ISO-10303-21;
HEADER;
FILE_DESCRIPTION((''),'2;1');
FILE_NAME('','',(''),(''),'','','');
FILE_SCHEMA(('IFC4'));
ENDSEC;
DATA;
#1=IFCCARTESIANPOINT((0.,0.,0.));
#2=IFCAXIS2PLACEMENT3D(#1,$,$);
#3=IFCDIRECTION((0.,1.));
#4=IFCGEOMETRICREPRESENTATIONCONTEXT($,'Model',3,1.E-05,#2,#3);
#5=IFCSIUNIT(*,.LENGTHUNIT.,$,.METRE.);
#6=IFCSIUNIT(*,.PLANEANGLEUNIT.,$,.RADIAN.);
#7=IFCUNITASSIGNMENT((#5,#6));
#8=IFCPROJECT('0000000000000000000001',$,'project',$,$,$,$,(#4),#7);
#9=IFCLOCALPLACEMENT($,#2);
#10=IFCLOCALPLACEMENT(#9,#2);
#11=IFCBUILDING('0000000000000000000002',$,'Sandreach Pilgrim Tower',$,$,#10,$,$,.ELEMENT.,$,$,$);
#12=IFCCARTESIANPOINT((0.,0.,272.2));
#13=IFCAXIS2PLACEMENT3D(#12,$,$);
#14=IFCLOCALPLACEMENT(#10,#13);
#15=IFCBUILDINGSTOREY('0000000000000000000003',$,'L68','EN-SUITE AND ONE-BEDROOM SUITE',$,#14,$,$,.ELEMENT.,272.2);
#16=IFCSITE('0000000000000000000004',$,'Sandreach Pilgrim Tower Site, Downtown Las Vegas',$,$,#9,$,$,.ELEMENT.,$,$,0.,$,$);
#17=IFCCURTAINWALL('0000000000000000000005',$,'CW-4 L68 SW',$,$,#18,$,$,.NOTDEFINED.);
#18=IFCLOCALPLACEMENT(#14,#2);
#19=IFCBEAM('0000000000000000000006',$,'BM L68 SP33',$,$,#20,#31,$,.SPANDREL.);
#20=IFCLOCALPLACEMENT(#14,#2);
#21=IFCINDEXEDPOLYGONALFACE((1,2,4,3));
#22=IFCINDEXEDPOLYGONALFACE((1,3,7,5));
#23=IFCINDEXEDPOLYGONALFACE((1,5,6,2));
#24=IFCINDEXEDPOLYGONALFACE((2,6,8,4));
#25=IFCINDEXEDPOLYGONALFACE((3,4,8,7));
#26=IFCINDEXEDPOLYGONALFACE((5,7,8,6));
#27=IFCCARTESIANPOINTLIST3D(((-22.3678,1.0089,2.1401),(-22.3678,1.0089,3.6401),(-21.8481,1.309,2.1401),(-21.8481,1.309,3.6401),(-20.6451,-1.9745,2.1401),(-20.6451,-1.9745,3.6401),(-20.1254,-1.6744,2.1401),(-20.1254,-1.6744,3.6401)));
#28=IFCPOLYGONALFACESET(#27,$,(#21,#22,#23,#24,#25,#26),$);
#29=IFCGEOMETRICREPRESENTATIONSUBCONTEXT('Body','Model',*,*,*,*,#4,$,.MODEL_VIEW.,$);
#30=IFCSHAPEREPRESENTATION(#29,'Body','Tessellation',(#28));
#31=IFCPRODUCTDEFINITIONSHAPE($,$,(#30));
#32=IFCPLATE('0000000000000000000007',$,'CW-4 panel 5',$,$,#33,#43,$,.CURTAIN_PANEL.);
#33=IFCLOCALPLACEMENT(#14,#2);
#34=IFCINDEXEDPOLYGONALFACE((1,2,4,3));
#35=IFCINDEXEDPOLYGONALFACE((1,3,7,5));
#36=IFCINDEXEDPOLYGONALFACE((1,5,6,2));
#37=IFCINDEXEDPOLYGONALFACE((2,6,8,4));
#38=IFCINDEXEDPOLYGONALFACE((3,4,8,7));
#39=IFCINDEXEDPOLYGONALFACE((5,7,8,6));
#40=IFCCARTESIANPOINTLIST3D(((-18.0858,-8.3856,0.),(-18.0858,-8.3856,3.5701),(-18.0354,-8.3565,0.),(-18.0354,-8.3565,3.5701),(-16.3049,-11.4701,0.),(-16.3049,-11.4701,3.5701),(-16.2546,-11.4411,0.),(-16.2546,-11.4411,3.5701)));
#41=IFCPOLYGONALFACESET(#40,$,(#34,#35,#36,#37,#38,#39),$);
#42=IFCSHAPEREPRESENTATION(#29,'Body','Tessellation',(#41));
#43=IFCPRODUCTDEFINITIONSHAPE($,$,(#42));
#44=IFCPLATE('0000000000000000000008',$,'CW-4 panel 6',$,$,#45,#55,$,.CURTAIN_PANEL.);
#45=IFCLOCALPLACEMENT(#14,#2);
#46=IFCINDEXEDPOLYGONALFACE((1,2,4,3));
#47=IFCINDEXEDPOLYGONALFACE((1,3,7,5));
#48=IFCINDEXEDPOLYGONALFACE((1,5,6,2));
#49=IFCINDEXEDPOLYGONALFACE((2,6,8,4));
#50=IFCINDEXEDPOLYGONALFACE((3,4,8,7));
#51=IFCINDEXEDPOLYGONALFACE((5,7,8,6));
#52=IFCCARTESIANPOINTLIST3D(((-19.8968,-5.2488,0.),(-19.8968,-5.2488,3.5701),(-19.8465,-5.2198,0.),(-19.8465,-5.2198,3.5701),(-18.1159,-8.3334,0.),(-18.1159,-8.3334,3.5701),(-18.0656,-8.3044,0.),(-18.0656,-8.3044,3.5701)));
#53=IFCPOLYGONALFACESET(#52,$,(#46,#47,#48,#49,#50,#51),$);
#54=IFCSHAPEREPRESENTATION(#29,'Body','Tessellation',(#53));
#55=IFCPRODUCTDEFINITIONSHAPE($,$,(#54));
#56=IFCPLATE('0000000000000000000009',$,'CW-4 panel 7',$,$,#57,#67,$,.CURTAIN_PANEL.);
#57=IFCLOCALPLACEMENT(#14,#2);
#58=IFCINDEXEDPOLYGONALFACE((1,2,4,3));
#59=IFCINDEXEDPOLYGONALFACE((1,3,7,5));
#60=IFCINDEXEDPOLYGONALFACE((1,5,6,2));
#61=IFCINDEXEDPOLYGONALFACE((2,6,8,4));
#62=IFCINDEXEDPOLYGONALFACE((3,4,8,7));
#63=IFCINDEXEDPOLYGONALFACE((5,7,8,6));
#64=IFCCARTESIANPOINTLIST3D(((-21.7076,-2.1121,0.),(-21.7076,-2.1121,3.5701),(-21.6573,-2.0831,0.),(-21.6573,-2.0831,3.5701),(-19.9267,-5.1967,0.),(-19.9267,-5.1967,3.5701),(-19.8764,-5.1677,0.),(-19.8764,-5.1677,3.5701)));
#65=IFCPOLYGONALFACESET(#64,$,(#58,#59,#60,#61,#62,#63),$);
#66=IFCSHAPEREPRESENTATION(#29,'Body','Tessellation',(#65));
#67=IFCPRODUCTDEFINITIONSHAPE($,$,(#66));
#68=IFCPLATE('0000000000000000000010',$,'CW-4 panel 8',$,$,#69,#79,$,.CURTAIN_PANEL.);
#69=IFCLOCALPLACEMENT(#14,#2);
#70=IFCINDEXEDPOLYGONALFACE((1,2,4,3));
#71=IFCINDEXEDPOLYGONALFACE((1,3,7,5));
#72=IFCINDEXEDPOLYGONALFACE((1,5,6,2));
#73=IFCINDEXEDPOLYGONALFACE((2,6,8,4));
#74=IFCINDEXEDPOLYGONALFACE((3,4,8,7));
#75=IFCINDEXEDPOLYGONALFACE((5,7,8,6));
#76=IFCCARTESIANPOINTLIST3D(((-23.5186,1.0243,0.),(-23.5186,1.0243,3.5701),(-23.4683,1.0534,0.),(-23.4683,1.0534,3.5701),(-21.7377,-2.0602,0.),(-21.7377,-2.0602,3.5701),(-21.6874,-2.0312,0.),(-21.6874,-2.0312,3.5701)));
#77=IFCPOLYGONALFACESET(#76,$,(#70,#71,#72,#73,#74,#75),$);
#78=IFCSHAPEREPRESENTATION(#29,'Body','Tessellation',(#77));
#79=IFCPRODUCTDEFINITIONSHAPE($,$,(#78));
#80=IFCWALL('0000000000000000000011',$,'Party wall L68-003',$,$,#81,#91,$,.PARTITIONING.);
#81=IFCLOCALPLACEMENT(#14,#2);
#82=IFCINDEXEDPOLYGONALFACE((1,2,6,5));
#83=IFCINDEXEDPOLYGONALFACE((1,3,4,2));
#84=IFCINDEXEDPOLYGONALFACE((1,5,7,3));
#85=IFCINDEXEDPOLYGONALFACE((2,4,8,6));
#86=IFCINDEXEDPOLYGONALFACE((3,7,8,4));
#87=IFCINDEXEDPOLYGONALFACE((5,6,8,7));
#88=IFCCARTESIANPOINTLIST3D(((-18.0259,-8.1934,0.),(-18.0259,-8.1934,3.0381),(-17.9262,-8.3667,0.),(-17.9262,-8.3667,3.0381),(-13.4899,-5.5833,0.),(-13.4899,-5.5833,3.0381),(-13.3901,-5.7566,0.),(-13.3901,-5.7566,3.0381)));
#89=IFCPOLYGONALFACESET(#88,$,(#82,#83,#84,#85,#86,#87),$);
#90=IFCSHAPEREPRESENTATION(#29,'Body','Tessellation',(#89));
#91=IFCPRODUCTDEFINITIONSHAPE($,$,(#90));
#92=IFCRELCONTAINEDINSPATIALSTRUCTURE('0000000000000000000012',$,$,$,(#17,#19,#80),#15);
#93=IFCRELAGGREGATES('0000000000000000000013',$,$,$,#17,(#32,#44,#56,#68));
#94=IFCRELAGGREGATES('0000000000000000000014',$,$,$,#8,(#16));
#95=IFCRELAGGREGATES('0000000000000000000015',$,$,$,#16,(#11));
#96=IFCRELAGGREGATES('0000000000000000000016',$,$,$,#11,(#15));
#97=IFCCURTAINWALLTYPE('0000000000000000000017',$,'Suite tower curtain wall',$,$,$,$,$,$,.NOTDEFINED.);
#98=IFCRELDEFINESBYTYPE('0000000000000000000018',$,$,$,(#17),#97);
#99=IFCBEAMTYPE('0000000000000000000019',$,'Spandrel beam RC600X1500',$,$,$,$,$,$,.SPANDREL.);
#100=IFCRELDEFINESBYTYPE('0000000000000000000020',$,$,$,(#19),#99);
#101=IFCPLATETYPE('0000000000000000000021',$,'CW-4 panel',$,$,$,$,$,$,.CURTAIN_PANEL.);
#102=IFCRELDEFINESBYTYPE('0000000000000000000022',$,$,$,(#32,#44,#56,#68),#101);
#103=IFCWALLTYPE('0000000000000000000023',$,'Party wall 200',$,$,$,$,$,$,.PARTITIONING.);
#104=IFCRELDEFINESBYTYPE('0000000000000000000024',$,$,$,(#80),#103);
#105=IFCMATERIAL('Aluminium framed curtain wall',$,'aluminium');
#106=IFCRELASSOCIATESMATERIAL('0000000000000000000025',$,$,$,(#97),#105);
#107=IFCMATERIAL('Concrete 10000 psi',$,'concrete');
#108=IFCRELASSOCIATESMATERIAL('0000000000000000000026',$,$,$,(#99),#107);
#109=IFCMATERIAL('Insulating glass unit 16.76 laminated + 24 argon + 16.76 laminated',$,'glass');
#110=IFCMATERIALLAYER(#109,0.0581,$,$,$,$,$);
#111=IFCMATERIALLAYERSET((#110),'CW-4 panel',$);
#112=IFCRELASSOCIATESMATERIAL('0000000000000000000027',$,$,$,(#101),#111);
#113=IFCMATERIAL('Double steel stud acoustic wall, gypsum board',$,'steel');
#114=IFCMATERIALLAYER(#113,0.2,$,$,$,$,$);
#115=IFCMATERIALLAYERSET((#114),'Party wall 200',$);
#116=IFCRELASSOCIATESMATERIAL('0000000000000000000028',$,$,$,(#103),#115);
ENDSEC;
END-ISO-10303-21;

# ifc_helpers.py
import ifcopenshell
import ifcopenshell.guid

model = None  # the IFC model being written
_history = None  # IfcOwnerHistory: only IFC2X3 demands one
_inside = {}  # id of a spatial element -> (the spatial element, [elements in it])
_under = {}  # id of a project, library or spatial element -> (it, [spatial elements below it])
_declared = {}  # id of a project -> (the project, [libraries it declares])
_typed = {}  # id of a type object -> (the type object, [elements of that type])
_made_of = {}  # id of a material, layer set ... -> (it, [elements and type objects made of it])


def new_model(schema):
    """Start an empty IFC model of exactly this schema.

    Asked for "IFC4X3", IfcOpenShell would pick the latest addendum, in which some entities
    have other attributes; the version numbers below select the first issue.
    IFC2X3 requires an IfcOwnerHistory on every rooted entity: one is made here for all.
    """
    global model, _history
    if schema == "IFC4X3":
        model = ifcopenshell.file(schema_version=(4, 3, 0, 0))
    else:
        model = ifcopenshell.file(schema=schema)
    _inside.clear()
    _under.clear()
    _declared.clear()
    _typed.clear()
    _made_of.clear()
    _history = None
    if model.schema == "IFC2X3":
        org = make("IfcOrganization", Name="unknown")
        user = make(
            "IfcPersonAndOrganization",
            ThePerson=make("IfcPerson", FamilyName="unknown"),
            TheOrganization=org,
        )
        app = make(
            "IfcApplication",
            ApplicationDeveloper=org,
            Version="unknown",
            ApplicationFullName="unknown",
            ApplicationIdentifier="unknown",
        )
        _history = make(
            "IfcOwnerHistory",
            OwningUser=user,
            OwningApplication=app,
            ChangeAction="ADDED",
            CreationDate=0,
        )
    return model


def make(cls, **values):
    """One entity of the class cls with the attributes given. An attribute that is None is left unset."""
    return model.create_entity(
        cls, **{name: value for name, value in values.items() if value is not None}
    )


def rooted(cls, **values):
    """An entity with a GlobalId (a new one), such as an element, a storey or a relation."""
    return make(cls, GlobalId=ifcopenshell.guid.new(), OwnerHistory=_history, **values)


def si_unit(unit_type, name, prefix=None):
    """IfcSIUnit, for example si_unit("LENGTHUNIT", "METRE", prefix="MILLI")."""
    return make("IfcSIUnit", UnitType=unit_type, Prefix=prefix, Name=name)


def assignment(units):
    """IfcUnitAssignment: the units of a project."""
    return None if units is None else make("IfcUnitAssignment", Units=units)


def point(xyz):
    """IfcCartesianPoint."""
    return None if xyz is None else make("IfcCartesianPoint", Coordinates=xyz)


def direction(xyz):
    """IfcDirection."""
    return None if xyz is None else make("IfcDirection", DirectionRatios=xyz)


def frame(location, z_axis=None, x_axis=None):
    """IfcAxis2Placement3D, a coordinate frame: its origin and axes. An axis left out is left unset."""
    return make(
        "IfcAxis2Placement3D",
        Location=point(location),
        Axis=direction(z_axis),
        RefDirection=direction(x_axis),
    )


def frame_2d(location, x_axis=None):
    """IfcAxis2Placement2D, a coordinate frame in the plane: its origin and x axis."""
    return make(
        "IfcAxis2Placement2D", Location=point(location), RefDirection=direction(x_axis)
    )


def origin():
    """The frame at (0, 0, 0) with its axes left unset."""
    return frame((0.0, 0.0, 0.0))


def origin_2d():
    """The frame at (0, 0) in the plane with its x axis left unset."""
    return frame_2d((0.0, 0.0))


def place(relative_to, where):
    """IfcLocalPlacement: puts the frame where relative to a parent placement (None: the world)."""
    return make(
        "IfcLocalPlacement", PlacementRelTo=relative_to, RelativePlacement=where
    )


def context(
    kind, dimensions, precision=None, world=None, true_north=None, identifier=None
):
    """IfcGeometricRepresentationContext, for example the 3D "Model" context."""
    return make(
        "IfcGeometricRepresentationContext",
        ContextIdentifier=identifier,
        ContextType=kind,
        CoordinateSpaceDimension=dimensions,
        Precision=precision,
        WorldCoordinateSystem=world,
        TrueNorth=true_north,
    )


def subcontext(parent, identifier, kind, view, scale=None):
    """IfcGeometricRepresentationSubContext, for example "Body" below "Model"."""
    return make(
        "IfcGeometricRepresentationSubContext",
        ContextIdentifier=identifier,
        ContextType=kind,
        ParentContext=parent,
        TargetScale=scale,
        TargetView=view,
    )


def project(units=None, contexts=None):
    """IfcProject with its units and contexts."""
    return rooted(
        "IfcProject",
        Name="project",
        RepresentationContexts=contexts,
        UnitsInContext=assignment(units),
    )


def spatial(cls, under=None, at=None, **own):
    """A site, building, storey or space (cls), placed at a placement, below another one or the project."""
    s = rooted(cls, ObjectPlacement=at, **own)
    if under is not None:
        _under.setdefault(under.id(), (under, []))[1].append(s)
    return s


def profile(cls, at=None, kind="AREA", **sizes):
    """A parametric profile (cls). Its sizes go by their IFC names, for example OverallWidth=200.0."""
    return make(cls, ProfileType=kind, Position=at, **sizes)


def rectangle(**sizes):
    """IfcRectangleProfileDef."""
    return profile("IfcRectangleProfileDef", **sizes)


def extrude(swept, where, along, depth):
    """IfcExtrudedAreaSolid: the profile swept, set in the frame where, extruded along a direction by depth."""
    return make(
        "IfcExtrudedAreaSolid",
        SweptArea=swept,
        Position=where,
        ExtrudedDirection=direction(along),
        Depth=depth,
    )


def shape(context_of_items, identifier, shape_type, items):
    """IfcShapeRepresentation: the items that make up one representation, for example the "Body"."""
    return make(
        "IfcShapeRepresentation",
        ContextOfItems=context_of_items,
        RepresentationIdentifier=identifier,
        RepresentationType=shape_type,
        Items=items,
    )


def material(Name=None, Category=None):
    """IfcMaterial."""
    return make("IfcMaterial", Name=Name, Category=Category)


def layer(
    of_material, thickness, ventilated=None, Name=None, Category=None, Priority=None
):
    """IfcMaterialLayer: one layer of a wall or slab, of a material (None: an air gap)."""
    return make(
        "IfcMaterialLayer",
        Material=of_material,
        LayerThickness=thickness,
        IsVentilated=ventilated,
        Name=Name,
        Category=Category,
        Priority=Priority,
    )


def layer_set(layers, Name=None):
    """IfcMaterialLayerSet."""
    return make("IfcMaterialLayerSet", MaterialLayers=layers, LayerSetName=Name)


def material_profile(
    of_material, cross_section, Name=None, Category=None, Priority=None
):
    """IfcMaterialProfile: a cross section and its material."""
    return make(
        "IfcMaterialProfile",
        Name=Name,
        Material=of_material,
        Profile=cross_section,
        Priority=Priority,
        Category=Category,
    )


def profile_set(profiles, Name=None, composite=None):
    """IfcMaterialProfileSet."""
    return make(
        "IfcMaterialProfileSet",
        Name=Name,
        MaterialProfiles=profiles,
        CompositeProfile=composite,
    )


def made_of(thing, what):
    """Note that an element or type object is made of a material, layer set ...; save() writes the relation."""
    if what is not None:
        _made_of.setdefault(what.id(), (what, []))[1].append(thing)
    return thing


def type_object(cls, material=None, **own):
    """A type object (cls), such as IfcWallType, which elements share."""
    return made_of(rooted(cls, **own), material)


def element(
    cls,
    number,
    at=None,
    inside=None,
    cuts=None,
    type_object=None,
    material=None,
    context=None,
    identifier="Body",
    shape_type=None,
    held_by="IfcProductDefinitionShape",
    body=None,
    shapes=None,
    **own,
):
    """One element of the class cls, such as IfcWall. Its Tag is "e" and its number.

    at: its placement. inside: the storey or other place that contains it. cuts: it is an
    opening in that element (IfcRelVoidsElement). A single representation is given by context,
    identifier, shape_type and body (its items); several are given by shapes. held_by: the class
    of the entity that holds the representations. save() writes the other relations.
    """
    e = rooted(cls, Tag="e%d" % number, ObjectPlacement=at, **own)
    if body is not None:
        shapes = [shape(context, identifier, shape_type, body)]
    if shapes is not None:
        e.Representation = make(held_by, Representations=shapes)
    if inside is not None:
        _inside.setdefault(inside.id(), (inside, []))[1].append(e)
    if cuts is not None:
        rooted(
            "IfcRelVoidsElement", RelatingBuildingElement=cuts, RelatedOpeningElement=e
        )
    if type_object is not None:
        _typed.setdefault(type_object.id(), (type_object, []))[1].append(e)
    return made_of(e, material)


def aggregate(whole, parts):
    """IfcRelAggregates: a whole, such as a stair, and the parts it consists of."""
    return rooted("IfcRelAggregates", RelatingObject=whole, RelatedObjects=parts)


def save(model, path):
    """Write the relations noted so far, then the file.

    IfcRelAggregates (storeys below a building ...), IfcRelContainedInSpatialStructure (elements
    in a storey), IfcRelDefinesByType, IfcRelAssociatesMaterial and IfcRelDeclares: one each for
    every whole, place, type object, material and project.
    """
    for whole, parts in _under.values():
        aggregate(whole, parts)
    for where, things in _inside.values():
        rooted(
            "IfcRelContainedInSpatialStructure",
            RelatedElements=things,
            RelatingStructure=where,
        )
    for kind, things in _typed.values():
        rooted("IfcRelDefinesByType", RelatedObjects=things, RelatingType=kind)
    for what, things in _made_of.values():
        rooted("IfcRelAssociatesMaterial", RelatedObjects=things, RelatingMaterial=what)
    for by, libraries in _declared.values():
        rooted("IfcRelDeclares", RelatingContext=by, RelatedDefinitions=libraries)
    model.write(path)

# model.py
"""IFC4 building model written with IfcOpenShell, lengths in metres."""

from ifc_helpers import new_model, si_unit, direction, frame, frame_2d, origin, origin_2d, place, context, subcontext, project, spatial, rectangle, extrude, material, layer, layer_set, material_profile, profile_set, type_object, element, aggregate, save


model = new_model("IFC4")

# Units and contexts
model_context = context("Model", 3, precision=1e-05, world=origin(), true_north=direction((0.0, 1.0)))
body_context = subcontext(model_context, "Body", "Model", "MODEL_VIEW")
ifc_project = project(units=[si_unit("LENGTHUNIT", "METRE"), si_unit("PLANEANGLEUNIT", "RADIAN")], contexts=[model_context])

# Site, building, storey
site_placement = place(None, origin())
site = spatial("IfcSite", under=ifc_project, at=site_placement, Name="Sandreach Pilgrim Tower Site, Downtown Las Vegas", CompositionType="ELEMENT", RefElevation=0.0)
building_placement = place(site_placement, origin())
building = spatial("IfcBuilding", under=site, at=building_placement, Name="Sandreach Pilgrim Tower", CompositionType="ELEMENT")
storey_placement = place(building_placement, frame((0.0, 0.0, 272.2)))
storey = spatial("IfcBuildingStorey", under=building, at=storey_placement, Name="L68", Description="EN-SUITE AND ONE-BEDROOM SUITE", CompositionType="ELEMENT", Elevation=272.2)

# Curtain wall
ifc_material_1 = material(Name="Aluminium framed curtain wall", Category="aluminium")
curtain_wall_type = type_object("IfcCurtainWallType", Name="Suite tower curtain wall", PredefinedType="NOTDEFINED", material=ifc_material_1)
curtain_wall_placement = place(storey_placement, origin())
curtain_wall = element("IfcCurtainWall", 1, at=curtain_wall_placement, inside=storey, type_object=curtain_wall_type, Name="CW-4 L68 SW", PredefinedType="NOTDEFINED")

# Beam
ifc_material_2 = material(Name="Concrete 10000 psi", Category="concrete")
ifc_material_profile_1 = material_profile(ifc_material_2, rectangle(XDim=0.6001, YDim=1.5, at=origin_2d()), Name="RC600X1500")
ifc_profile_set_1 = profile_set([ifc_material_profile_1], Name="Concrete 10000 psi")
beam_type_1 = type_object("IfcBeamType", Name="Spandrel beam RC600X1500", PredefinedType="SPANDREL", material=ifc_profile_set_1)
for number, where, z_axis, x_axis, name in (
    (2, (-20.3853, -1.8245, 2.8901), (-0.500041, 0.866001, 0.0), (-0.866001, -0.500041, 0.0), "BM L68 SP33"),
):
    element("IfcBeam", number, at=place(storey_placement, frame(where, z_axis=z_axis, x_axis=x_axis)), inside=storey, type_object=beam_type_1, Name=name, PredefinedType="SPANDREL", context=body_context, shape_type="SweptSolid", body=[
        extrude(rectangle(XDim=0.6001, YDim=1.5, at=origin_2d()), origin(), (0.0, 0.0, 1.0), 3.4451),
    ])

# Plates
ifc_material_3 = material(Name="Insulating glass unit 16.76 laminated + 24 argon + 16.76 laminated", Category="glass")
ifc_layer_1 = layer(ifc_material_3, 0.0581)
ifc_layer_set_1 = layer_set([ifc_layer_1], Name="CW-4 panel")
plate_type = type_object("IfcPlateType", Name="CW-4 panel", PredefinedType="CURTAIN_PANEL", material=ifc_layer_set_1)
plate_1_placement = place(storey_placement, frame((-17.1702, -9.9133, 0.0), z_axis=(0.0, 0.0, 1.0), x_axis=(-0.5, 0.866025, 0.0)))
plate_1 = element("IfcPlate", 3, at=plate_1_placement, type_object=plate_type, Name="CW-4 panel 5", PredefinedType="CURTAIN_PANEL", context=body_context, shape_type="SweptSolid", body=[
    extrude(rectangle(XDim=3.5618, YDim=0.0581, at=origin_2d()), origin(), (0.0, 0.0, 1.0), 3.5701),
])
plate_2_placement = place(storey_placement, frame((-18.9812, -6.7766, 0.0), z_axis=(0.0, 0.0, 1.0), x_axis=(-0.5, 0.866025, 0.0)))
plate_2 = element("IfcPlate", 4, at=plate_2_placement, type_object=plate_type, Name="CW-4 panel 6", PredefinedType="CURTAIN_PANEL", context=body_context, shape_type="SweptSolid", body=[
    extrude(rectangle(XDim=3.5618, YDim=0.0581, at=origin_2d()), origin(), (0.0, 0.0, 1.0), 3.5701),
])
plate_3_placement = place(storey_placement, frame((-20.792, -3.6399, 0.0), z_axis=(0.0, 0.0, 1.0), x_axis=(-0.5, 0.866025, 0.0)))
plate_3 = element("IfcPlate", 5, at=plate_3_placement, type_object=plate_type, Name="CW-4 panel 7", PredefinedType="CURTAIN_PANEL", context=body_context, shape_type="SweptSolid", body=[
    extrude(rectangle(XDim=3.5618, YDim=0.0581, at=origin_2d()), origin(), (0.0, 0.0, 1.0), 3.5701),
])
plate_4_placement = place(storey_placement, frame((-22.603, -0.5034, 0.0), z_axis=(0.0, 0.0, 1.0), x_axis=(-0.5, 0.866025, 0.0)))
plate_4 = element("IfcPlate", 6, at=plate_4_placement, type_object=plate_type, Name="CW-4 panel 8", PredefinedType="CURTAIN_PANEL", context=body_context, shape_type="SweptSolid", body=[
    extrude(rectangle(XDim=3.5618, YDim=0.0581, at=origin_2d()), origin(), (0.0, 0.0, 1.0), 3.5701),
])
aggregate(curtain_wall, [plate_1, plate_2, plate_3, plate_4])

# Wall
ifc_material_4 = material(Name="Double steel stud acoustic wall, gypsum board", Category="steel")
ifc_layer_2 = layer(ifc_material_4, 0.2)
ifc_layer_set_2 = layer_set([ifc_layer_2], Name="Party wall 200")
wall_type = type_object("IfcWallType", Name="Party wall 200", PredefinedType="PARTITIONING", material=ifc_layer_set_2)
wall_placement = place(storey_placement, frame((-17.9761, -8.28, 0.0), z_axis=(0.0, 0.0, 1.0), x_axis=(0.866755, 0.498734, 0.0)))
element("IfcWall", 7, at=wall_placement, inside=storey, type_object=wall_type, Name="Party wall L68-003", PredefinedType="PARTITIONING", context=body_context, shape_type="SweptSolid", body=[
    extrude(rectangle(XDim=5.2334, YDim=0.2, at=frame_2d((2.6167, 0.0))), origin(), (0.0, 0.0, 1.0), 3.0381),
])

save(model, "model.ifc")
